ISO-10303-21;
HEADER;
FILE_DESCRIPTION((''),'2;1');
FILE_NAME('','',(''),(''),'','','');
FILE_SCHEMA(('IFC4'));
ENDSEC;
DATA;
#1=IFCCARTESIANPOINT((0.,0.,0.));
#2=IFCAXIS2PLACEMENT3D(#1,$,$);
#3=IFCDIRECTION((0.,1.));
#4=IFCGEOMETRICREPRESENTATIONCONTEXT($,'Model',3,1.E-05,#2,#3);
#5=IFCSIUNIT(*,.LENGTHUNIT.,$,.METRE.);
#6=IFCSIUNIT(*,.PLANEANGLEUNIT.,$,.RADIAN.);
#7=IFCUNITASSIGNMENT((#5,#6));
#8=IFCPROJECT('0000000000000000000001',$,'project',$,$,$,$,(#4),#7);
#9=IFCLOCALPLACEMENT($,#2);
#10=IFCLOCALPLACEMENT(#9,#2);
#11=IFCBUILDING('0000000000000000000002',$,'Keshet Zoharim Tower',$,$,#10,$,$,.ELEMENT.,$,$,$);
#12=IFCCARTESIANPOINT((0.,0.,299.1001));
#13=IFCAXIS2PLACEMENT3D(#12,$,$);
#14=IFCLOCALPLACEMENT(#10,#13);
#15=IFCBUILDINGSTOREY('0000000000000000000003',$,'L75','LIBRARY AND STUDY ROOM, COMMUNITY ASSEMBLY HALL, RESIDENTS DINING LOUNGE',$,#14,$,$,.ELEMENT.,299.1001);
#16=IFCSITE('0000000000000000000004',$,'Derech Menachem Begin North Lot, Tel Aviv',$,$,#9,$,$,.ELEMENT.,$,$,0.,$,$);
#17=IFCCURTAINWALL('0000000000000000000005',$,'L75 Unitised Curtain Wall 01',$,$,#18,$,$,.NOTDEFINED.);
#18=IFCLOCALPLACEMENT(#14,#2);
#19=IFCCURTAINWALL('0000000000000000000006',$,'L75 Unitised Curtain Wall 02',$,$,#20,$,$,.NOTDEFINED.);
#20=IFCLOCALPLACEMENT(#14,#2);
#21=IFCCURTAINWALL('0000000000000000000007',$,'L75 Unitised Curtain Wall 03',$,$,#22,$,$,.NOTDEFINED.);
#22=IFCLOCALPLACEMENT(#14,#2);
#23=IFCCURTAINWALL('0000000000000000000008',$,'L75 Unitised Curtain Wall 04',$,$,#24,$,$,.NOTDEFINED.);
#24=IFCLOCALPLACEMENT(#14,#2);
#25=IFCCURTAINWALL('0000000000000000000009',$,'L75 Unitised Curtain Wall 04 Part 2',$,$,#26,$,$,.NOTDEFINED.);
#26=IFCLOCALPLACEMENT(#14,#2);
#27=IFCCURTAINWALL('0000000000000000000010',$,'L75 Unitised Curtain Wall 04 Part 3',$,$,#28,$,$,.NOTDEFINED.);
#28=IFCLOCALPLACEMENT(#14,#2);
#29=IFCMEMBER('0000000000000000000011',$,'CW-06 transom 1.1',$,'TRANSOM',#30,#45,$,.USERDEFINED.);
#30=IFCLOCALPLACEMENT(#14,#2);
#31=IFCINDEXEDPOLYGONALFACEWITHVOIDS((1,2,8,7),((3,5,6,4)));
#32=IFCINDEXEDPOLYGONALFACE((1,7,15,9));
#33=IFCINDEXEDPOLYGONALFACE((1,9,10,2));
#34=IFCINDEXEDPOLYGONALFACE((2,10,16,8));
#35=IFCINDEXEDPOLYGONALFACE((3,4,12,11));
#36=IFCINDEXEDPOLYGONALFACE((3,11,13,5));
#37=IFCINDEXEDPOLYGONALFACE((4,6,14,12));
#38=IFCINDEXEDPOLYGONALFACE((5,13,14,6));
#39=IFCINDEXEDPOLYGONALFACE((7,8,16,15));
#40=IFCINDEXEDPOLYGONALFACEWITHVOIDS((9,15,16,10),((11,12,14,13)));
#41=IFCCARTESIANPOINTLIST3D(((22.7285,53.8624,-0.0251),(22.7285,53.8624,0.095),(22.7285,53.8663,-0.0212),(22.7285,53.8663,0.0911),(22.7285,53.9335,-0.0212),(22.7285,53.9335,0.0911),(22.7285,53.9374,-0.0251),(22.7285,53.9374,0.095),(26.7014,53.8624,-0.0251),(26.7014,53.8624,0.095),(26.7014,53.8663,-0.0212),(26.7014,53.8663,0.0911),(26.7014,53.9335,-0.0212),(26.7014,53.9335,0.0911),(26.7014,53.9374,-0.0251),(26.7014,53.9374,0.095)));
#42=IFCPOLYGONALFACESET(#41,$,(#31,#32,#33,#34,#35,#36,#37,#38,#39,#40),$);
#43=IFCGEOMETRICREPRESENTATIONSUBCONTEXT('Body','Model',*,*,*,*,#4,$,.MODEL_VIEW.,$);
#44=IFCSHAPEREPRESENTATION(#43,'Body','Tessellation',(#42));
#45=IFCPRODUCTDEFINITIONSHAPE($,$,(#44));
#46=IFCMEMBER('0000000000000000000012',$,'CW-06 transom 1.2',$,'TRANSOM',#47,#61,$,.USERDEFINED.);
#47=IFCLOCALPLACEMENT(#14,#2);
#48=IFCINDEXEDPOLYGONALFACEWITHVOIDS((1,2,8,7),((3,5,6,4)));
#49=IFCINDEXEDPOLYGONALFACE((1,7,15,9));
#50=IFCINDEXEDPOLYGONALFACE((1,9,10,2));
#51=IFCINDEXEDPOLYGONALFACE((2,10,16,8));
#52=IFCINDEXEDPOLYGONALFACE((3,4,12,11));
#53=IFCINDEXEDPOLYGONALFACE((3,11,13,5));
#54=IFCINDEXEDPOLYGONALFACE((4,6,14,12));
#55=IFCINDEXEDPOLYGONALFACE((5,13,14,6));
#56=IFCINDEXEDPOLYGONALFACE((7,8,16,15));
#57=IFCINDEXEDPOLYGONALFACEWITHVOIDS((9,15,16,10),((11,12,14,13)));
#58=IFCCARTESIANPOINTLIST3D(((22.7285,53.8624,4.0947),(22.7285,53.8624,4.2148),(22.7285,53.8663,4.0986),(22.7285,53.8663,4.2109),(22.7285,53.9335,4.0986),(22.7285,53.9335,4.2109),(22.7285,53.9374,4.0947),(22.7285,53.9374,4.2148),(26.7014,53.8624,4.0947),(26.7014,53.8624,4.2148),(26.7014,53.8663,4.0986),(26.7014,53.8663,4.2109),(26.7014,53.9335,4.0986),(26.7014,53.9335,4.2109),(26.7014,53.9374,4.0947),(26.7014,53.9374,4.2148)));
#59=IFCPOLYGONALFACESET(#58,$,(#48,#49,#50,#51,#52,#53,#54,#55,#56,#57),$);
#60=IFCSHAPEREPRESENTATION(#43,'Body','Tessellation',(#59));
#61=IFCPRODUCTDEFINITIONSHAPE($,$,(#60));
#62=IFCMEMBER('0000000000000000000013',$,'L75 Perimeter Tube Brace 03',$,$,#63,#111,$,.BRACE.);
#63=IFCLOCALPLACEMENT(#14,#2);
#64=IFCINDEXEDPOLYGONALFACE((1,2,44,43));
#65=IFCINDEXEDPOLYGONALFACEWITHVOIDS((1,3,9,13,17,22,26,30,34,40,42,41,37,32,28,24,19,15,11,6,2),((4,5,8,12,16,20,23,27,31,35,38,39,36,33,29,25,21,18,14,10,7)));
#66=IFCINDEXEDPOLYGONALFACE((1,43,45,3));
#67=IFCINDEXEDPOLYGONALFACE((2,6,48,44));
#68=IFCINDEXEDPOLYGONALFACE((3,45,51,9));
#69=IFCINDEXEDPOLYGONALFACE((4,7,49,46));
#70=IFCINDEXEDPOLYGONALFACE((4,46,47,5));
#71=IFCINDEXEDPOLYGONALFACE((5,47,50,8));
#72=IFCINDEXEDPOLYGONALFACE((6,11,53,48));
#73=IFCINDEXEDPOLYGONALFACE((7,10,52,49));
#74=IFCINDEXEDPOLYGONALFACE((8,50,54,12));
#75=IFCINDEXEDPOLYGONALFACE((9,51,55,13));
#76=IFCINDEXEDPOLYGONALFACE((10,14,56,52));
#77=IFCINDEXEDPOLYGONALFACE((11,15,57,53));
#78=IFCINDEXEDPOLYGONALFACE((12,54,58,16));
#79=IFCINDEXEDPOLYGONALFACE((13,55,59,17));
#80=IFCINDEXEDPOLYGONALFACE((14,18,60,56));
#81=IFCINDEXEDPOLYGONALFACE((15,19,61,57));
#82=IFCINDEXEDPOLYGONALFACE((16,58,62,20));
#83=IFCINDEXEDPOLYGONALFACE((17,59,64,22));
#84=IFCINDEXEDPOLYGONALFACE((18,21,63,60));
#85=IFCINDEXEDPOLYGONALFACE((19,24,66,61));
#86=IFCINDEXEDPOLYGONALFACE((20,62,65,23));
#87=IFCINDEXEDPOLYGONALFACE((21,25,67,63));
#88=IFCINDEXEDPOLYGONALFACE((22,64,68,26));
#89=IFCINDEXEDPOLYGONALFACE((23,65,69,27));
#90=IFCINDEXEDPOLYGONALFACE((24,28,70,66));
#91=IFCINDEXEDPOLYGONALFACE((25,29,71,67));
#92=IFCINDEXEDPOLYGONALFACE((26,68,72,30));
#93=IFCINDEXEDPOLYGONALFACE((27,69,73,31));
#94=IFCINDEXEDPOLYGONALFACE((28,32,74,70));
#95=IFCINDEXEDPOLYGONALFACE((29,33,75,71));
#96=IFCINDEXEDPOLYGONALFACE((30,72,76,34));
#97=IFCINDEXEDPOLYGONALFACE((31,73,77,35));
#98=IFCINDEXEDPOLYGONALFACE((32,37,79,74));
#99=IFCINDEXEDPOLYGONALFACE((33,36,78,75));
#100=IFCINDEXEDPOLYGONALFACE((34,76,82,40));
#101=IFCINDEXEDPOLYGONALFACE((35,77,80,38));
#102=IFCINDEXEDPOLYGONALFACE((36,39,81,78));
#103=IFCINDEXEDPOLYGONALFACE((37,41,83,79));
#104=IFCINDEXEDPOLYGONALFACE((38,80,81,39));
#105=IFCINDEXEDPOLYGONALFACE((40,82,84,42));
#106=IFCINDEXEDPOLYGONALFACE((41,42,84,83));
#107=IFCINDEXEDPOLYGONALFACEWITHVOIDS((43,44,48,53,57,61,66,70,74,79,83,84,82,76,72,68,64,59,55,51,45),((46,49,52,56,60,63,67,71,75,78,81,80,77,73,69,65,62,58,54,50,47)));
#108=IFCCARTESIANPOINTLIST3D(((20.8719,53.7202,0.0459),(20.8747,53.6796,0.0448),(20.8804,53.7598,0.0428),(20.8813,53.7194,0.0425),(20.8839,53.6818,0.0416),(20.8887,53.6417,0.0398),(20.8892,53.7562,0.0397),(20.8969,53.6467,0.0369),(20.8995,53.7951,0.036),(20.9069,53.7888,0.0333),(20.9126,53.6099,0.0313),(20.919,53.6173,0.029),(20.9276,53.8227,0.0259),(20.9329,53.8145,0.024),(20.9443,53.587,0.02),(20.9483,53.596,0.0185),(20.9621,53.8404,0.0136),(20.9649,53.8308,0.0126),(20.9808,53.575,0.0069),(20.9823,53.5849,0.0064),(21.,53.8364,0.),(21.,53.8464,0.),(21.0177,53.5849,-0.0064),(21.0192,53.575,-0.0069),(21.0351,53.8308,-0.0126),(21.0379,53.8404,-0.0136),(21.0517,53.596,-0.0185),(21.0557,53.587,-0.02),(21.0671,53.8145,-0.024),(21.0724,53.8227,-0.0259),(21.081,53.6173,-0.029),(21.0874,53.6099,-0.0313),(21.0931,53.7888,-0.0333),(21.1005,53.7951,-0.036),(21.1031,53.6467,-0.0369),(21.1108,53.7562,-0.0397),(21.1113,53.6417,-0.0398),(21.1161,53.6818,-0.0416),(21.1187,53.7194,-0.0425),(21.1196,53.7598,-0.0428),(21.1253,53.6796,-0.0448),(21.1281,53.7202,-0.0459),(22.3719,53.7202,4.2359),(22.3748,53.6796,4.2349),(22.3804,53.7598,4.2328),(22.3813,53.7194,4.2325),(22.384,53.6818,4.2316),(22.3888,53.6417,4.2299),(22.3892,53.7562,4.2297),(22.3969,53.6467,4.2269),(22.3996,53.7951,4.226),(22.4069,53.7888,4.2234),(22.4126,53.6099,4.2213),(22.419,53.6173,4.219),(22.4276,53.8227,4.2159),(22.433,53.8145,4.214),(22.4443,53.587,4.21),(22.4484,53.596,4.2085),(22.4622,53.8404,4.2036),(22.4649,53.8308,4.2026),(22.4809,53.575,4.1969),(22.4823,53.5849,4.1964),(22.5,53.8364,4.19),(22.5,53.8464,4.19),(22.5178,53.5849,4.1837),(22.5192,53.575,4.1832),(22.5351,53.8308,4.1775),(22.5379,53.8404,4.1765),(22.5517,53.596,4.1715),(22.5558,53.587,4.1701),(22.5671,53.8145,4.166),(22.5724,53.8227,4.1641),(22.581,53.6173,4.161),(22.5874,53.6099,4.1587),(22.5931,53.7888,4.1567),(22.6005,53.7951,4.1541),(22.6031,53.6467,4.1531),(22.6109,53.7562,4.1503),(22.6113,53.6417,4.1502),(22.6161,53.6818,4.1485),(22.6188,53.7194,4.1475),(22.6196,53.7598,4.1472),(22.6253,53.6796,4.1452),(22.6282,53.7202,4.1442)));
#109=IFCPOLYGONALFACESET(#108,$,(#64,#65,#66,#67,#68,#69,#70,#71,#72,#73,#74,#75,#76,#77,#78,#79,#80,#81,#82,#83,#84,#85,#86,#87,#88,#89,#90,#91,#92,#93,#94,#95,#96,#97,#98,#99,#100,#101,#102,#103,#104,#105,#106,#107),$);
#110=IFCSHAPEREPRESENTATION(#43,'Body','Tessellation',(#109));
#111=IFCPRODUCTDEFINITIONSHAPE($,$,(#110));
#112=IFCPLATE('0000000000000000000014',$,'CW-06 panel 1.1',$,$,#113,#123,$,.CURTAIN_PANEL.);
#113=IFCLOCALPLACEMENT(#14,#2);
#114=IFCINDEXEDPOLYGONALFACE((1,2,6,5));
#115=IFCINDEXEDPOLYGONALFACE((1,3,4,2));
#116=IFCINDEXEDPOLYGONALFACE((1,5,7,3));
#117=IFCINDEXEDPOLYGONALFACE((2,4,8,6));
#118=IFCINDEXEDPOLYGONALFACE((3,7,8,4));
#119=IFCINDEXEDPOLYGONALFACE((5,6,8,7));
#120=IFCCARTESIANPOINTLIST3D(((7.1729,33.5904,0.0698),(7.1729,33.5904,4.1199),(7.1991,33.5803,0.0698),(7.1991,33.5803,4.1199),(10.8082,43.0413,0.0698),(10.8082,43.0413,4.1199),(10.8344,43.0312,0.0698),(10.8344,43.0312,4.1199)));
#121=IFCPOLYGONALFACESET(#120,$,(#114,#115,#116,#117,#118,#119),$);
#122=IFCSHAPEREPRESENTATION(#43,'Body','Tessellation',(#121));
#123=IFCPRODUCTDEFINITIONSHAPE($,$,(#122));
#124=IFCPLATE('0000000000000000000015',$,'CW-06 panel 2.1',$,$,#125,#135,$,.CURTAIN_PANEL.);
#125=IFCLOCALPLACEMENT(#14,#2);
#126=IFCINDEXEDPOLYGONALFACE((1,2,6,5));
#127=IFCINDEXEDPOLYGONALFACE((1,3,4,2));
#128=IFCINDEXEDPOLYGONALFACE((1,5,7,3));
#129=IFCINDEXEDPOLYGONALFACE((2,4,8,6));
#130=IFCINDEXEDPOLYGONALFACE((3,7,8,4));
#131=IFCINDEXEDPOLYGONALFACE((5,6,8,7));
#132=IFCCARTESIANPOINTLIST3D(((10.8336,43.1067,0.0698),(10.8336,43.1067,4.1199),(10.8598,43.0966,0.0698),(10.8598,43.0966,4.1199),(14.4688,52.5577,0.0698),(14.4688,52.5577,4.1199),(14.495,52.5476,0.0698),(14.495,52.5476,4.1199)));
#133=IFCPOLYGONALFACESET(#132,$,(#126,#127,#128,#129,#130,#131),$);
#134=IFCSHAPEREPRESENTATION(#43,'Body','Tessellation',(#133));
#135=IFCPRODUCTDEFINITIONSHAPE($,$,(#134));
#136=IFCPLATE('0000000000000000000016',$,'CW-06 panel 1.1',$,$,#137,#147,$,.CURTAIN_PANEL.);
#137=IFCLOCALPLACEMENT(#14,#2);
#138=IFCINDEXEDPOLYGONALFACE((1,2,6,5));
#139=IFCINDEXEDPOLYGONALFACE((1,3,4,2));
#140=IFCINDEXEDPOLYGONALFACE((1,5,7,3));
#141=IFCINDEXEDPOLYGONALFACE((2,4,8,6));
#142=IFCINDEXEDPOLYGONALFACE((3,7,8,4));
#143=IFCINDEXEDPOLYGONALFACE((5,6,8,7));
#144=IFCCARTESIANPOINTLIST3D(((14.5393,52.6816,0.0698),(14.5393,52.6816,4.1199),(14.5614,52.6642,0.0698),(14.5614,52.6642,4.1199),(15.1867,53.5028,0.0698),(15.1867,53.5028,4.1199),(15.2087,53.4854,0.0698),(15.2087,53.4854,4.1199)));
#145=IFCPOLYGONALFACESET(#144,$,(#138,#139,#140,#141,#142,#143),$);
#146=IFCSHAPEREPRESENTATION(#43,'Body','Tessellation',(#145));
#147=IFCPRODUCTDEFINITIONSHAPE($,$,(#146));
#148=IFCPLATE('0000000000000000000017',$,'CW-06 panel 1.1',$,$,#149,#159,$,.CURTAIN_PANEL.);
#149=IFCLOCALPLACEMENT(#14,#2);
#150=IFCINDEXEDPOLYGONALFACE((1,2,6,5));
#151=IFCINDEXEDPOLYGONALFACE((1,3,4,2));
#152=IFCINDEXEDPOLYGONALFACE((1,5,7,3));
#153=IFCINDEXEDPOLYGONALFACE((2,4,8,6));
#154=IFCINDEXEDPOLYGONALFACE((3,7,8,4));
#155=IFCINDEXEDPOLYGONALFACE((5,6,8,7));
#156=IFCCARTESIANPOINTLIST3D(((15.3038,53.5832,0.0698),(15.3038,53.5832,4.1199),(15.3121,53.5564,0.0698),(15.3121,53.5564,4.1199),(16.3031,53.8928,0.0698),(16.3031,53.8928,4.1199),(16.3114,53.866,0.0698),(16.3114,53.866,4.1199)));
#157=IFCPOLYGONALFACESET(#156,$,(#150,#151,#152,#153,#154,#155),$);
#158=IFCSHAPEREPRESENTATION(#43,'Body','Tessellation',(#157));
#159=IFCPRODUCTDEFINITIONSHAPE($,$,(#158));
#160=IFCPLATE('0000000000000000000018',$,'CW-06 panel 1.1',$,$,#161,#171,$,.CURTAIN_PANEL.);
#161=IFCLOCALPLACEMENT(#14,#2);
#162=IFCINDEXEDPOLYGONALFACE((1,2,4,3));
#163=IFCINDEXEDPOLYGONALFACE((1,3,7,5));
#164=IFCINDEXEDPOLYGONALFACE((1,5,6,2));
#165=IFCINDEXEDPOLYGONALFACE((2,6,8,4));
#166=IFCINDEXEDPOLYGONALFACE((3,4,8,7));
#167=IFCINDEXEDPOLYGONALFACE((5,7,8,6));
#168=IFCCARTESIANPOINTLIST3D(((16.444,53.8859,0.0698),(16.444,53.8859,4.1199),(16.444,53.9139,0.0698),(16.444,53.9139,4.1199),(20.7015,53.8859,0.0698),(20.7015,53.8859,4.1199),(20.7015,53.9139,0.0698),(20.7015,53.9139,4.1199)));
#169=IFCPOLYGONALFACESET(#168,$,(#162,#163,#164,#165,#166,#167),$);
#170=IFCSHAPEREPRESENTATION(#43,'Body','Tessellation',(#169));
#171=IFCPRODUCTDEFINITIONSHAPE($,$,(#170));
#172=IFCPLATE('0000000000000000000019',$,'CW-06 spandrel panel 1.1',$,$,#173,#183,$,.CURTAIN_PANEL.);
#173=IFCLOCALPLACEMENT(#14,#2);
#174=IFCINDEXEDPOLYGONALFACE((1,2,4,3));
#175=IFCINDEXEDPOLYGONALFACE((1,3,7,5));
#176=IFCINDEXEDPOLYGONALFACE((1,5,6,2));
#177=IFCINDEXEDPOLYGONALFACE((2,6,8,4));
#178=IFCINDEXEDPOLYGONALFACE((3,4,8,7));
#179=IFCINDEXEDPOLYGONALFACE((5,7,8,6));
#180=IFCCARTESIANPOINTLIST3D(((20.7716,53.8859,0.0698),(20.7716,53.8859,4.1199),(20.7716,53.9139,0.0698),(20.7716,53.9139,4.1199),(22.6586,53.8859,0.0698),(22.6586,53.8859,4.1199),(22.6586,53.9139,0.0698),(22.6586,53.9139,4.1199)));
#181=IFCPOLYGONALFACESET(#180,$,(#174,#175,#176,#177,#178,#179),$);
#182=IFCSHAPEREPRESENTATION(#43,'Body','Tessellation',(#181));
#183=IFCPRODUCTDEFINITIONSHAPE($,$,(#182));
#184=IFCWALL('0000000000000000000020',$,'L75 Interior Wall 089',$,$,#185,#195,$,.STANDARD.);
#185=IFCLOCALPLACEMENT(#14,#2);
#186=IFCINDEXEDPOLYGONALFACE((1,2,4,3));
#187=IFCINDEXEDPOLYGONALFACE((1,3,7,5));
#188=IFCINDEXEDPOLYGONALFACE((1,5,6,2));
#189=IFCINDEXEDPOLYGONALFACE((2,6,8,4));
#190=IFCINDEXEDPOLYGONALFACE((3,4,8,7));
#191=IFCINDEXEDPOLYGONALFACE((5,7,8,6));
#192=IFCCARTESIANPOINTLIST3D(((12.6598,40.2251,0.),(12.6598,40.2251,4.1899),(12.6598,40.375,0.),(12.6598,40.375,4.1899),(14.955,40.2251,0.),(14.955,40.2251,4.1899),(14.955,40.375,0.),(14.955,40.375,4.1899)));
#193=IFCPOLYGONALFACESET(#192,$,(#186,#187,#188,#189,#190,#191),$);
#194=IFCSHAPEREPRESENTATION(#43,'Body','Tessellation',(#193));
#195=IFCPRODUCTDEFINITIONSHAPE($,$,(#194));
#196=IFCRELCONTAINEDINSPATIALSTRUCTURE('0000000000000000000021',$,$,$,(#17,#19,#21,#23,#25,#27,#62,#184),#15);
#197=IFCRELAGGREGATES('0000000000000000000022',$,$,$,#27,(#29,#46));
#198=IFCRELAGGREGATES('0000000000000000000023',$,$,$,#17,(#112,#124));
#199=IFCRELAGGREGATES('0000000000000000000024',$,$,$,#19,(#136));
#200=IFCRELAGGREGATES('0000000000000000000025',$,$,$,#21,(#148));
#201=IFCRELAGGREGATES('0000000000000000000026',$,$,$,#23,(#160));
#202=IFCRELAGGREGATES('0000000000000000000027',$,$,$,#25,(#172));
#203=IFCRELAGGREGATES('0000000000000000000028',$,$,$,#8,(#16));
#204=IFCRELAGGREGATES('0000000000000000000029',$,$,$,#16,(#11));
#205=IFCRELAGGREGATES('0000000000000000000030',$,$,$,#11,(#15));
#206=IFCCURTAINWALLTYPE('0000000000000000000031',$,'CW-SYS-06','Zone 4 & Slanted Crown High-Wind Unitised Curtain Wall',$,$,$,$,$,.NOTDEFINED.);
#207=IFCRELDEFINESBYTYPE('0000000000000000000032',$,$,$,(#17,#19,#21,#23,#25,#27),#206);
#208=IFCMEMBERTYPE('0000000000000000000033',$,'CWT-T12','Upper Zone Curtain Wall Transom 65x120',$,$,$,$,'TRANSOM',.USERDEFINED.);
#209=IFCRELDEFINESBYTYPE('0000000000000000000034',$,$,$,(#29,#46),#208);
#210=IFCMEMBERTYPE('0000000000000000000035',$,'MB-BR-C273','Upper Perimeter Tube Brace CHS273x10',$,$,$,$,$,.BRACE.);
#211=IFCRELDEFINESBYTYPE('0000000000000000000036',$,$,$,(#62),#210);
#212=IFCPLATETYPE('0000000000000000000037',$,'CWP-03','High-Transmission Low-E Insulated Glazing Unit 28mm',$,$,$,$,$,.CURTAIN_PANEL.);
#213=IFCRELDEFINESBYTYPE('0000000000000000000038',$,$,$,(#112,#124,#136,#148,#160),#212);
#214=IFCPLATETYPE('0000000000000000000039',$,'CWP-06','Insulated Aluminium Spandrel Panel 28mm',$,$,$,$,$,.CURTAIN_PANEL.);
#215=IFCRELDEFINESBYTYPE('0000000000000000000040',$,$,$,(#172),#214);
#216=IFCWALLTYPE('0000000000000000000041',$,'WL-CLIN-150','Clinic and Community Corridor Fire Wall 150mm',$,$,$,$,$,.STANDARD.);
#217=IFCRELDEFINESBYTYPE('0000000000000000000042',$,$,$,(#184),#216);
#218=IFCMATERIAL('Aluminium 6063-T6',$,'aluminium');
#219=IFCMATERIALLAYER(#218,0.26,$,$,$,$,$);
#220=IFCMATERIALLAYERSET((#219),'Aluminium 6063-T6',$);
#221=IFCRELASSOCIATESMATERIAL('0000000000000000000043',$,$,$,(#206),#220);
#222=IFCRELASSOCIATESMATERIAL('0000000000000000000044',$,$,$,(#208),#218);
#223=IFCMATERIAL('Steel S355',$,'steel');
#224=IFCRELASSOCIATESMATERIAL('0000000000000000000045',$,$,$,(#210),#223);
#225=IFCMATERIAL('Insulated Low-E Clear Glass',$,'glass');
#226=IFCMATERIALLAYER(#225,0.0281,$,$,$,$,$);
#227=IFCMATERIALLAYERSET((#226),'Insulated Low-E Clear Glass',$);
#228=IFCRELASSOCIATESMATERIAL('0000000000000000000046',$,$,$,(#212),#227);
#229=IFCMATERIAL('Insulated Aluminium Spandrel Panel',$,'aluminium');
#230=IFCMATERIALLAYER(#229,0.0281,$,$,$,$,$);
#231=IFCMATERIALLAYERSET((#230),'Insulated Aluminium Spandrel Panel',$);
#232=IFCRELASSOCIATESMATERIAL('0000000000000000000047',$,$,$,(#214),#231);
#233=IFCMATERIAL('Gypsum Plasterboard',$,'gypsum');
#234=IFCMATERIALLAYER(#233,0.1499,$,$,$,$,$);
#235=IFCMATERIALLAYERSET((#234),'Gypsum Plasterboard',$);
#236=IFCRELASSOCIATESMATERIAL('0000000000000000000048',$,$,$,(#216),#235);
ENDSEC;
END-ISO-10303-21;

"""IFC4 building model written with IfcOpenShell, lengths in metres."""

from ifc_helpers import new_model, si_unit, direction, frame, frame_2d, origin, origin_2d, place, context, subcontext, project, spatial, rectangle, hollow_rectangle, hollow_circle, extrude, material, layer, layer_set, material_profile, profile_set, type_object, element, aggregate, save


model = new_model("IFC4")

# Units and contexts
model_context = context("Model", 3, precision=1e-05, world=origin(), true_north=direction((0.0, 1.0)))
body_context = subcontext(model_context, "Body", "Model", "MODEL_VIEW")
ifc_project = project(units=[si_unit("LENGTHUNIT", "METRE"), si_unit("PLANEANGLEUNIT", "RADIAN")], contexts=[model_context])

# Site, building, storey
site_placement = place(None, origin())
site = spatial("IfcSite", under=ifc_project, at=site_placement, Name="Derech Menachem Begin North Lot, Tel Aviv", CompositionType="ELEMENT", RefElevation=0.0)
building_placement = place(site_placement, origin())
building = spatial("IfcBuilding", under=site, at=building_placement, Name="Keshet Zoharim Tower", CompositionType="ELEMENT")
storey_placement = place(building_placement, frame((0.0, 0.0, 299.1001)))
storey = spatial("IfcBuildingStorey", under=building, at=storey_placement, Name="L75", Description="LIBRARY AND STUDY ROOM, COMMUNITY ASSEMBLY HALL, RESIDENTS DINING LOUNGE", CompositionType="ELEMENT", Elevation=299.1001)

# Shared definitions
ifc_material_1 = material(Name="Steel S355", Category="steel")

# Curtain walls
ifc_material_2 = material(Name="Aluminium 6063-T6", Category="aluminium")
ifc_layer_1 = layer(ifc_material_2, 0.26)
ifc_layer_set_1 = layer_set([ifc_layer_1], Name="Aluminium 6063-T6")
curtain_wall_type = type_object("IfcCurtainWallType", Name="CW-SYS-06", Description="Zone 4 & Slanted Crown High-Wind Unitised Curtain Wall", PredefinedType="NOTDEFINED", material=ifc_layer_set_1)
curtain_wall_1_placement = place(storey_placement, origin())
curtain_wall_1 = element("IfcCurtainWall", 1, at=curtain_wall_1_placement, inside=storey, type_object=curtain_wall_type, Name="L75 Unitised Curtain Wall 01", PredefinedType="NOTDEFINED")
curtain_wall_2_placement = place(storey_placement, origin())
curtain_wall_2 = element("IfcCurtainWall", 2, at=curtain_wall_2_placement, inside=storey, type_object=curtain_wall_type, Name="L75 Unitised Curtain Wall 02", PredefinedType="NOTDEFINED")
curtain_wall_3_placement = place(storey_placement, origin())
curtain_wall_3 = element("IfcCurtainWall", 3, at=curtain_wall_3_placement, inside=storey, type_object=curtain_wall_type, Name="L75 Unitised Curtain Wall 03", PredefinedType="NOTDEFINED")
curtain_wall_4_placement = place(storey_placement, origin())
curtain_wall_4 = element("IfcCurtainWall", 4, at=curtain_wall_4_placement, inside=storey, type_object=curtain_wall_type, Name="L75 Unitised Curtain Wall 04", PredefinedType="NOTDEFINED")

# Curtain wall
curtain_wall_5_placement = place(storey_placement, origin())
curtain_wall_5 = element("IfcCurtainWall", 5, at=curtain_wall_5_placement, inside=storey, type_object=curtain_wall_type, Name="L75 Unitised Curtain Wall 04 Part 2", PredefinedType="NOTDEFINED")

# Shared definitions
ifc_material_profile_1 = material_profile(ifc_material_2, hollow_rectangle(XDim=0.075, YDim=0.1201, WallThickness=0.0039, at=origin_2d()), Name="TRN-75x120")
ifc_profile_set_1 = profile_set([ifc_material_profile_1], Name="Aluminium 6063-T6")
member_type_1 = type_object("IfcMemberType", Name="CWT-T12", Description="Upper Zone Curtain Wall Transom 65x120", ElementType="TRANSOM", PredefinedType="USERDEFINED", material=ifc_profile_set_1)

# Curtain wall, members
curtain_wall_6_placement = place(storey_placement, origin())
curtain_wall_6 = element("IfcCurtainWall", 6, at=curtain_wall_6_placement, inside=storey, type_object=curtain_wall_type, Name="L75 Unitised Curtain Wall 04 Part 3", PredefinedType="NOTDEFINED")
member_1_placement = place(storey_placement, frame((22.7285, 53.8999, 0.0349), z_axis=(1.0, 0.0, 0.0), x_axis=(0.0, 1.0, 0.0)))
member_1 = element("IfcMember", 7, at=member_1_placement, type_object=member_type_1, Name="CW-06 transom 1.1", ObjectType="TRANSOM", PredefinedType="USERDEFINED", context=body_context, shape_type="SweptSolid", body=[
    extrude(hollow_rectangle(XDim=0.075, YDim=0.1201, WallThickness=0.0039, at=origin_2d()), origin(), (0.0, 0.0, 1.0), 3.9729),
])
member_2_placement = place(storey_placement, frame((22.7285, 53.8999, 4.1548), z_axis=(1.0, 0.0, 0.0), x_axis=(0.0, 1.0, 0.0)))
member_2 = element("IfcMember", 8, at=member_2_placement, type_object=member_type_1, Name="CW-06 transom 1.2", ObjectType="TRANSOM", PredefinedType="USERDEFINED", context=body_context, shape_type="SweptSolid", body=[
    extrude(hollow_rectangle(XDim=0.075, YDim=0.1201, WallThickness=0.0039, at=origin_2d()), origin(), (0.0, 0.0, 1.0), 3.9729),
])
aggregate(curtain_wall_6, [member_1, member_2])

# Member
ifc_material_profile_2 = material_profile(ifc_material_1, hollow_circle(Radius=0.1365, WallThickness=0.01, at=origin_2d()), Name="CHS273x10")
ifc_profile_set_2 = profile_set([ifc_material_profile_2], Name="Steel S355")
member_type_2 = type_object("IfcMemberType", Name="MB-BR-C273", Description="Upper Perimeter Tube Brace CHS273x10", PredefinedType="BRACE", material=ifc_profile_set_2)
member_3_placement = place(storey_placement, frame((21.0, 53.71, 0.0), z_axis=(0.337052, 0.0, 0.941486), x_axis=(0.0, 1.0, 0.0)))
element("IfcMember", 9, at=member_3_placement, inside=storey, type_object=member_type_2, Name="L75 Perimeter Tube Brace 03", PredefinedType="BRACE", context=body_context, shape_type="SweptSolid", body=[
    extrude(hollow_circle(Radius=0.1365, WallThickness=0.01, at=origin_2d()), origin(), (0.0, 0.0, 1.0), 4.4504),
])

# Plates
ifc_material_3 = material(Name="Insulated Low-E Clear Glass", Category="glass")
ifc_layer_2 = layer(ifc_material_3, 0.0281)
ifc_layer_set_2 = layer_set([ifc_layer_2], Name="Insulated Low-E Clear Glass")
plate_type_1 = type_object("IfcPlateType", Name="CWP-03", Description="High-Transmission Low-E Insulated Glazing Unit 28mm", PredefinedType="CURTAIN_PANEL", material=ifc_layer_set_2)
plate_1_placement = place(storey_placement, frame((9.0037, 38.3108, 0.0698), z_axis=(0.0, 0.0, 1.0), x_axis=(0.359005, 0.933336, 0.0)))
plate_1 = element("IfcPlate", 10, at=plate_1_placement, type_object=plate_type_1, Name="CW-06 panel 1.1", PredefinedType="CURTAIN_PANEL", context=body_context, shape_type="SweptSolid", body=[
    extrude(rectangle(XDim=10.126, YDim=0.0281, at=origin_2d()), origin(), (0.0, 0.0, 1.0), 4.05),
])
plate_2_placement = place(storey_placement, frame((12.6643, 47.8271, 0.0698), z_axis=(0.0, 0.0, 1.0), x_axis=(0.359005, 0.933336, 0.0)))
plate_2 = element("IfcPlate", 11, at=plate_2_placement, type_object=plate_type_1, Name="CW-06 panel 2.1", PredefinedType="CURTAIN_PANEL", context=body_context, shape_type="SweptSolid", body=[
    extrude(rectangle(XDim=10.126, YDim=0.0281, at=origin_2d()), origin(), (0.0, 0.0, 1.0), 4.05),
])
aggregate(curtain_wall_1, [plate_1, plate_2])
plate_3_placement = place(storey_placement, frame((14.874, 53.0835, 0.0698), z_axis=(0.0, 0.0, 1.0), x_axis=(0.619125, 0.785293, 0.0)))
plate_3 = element("IfcPlate", 12, at=plate_3_placement, type_object=plate_type_1, Name="CW-06 panel 1.1", PredefinedType="CURTAIN_PANEL", context=body_context, shape_type="SweptSolid", body=[
    extrude(rectangle(XDim=1.0457, YDim=0.0281, at=origin_2d()), origin(), (0.0, 0.0, 1.0), 4.05),
])
aggregate(curtain_wall_2, [plate_3])
plate_4_placement = place(storey_placement, frame((15.8076, 53.7246, 0.0698), z_axis=(0.0, 0.0, 1.0), x_axis=(0.955212, 0.295922, 0.0)))
plate_4 = element("IfcPlate", 13, at=plate_4_placement, type_object=plate_type_1, Name="CW-06 panel 1.1", PredefinedType="CURTAIN_PANEL", context=body_context, shape_type="SweptSolid", body=[
    extrude(rectangle(XDim=1.0461, YDim=0.0281, at=origin_2d()), origin(), (0.0, 0.0, 1.0), 4.05),
])
aggregate(curtain_wall_3, [plate_4])
plate_5_placement = place(storey_placement, frame((18.5728, 53.8999, 0.0698), z_axis=(0.0, 0.0, 1.0), x_axis=(1.0, 0.0, 0.0)))
plate_5 = element("IfcPlate", 14, at=plate_5_placement, type_object=plate_type_1, Name="CW-06 panel 1.1", PredefinedType="CURTAIN_PANEL", context=body_context, shape_type="SweptSolid", body=[
    extrude(rectangle(XDim=4.2576, YDim=0.0281, at=origin_2d()), origin(), (0.0, 0.0, 1.0), 4.05),
])
aggregate(curtain_wall_4, [plate_5])
ifc_material_4 = material(Name="Insulated Aluminium Spandrel Panel", Category="aluminium")
ifc_layer_3 = layer(ifc_material_4, 0.0281)
ifc_layer_set_3 = layer_set([ifc_layer_3], Name="Insulated Aluminium Spandrel Panel")
plate_type_2 = type_object("IfcPlateType", Name="CWP-06", Description="Insulated Aluminium Spandrel Panel 28mm", PredefinedType="CURTAIN_PANEL", material=ifc_layer_set_3)
plate_6_placement = place(storey_placement, frame((21.7151, 53.8999, 0.0698), z_axis=(0.0, 0.0, 1.0), x_axis=(1.0, 0.0, 0.0)))
plate_6 = element("IfcPlate", 15, at=plate_6_placement, type_object=plate_type_2, Name="CW-06 spandrel panel 1.1", PredefinedType="CURTAIN_PANEL", context=body_context, shape_type="SweptSolid", body=[
    extrude(rectangle(XDim=1.887, YDim=0.0281, at=origin_2d()), origin(), (0.0, 0.0, 1.0), 4.05),
])
aggregate(curtain_wall_5, [plate_6])

# Wall
ifc_material_5 = material(Name="Gypsum Plasterboard", Category="gypsum")
ifc_layer_4 = layer(ifc_material_5, 0.1499)
ifc_layer_set_4 = layer_set([ifc_layer_4], Name="Gypsum Plasterboard")
wall_type_1 = type_object("IfcWallType", Name="WL-CLIN-150", Description="Clinic and Community Corridor Fire Wall 150mm", PredefinedType="STANDARD", material=ifc_layer_set_4)
wall_1_placement = place(storey_placement, frame((12.6599, 40.3, 0.0), z_axis=(0.0, 0.0, 1.0), x_axis=(1.0, 0.0, 0.0)))
element("IfcWall", 16, at=wall_1_placement, inside=storey, type_object=wall_type_1, Name="L75 Interior Wall 089", PredefinedType="STANDARD", context=body_context, shape_type="SweptSolid", body=[
    extrude(rectangle(XDim=2.2952, YDim=0.1499, at=frame_2d((1.1475, 0.0))), origin(), (0.0, 0.0, 1.0), 4.1899),
])

save(model, "model.ifc")
